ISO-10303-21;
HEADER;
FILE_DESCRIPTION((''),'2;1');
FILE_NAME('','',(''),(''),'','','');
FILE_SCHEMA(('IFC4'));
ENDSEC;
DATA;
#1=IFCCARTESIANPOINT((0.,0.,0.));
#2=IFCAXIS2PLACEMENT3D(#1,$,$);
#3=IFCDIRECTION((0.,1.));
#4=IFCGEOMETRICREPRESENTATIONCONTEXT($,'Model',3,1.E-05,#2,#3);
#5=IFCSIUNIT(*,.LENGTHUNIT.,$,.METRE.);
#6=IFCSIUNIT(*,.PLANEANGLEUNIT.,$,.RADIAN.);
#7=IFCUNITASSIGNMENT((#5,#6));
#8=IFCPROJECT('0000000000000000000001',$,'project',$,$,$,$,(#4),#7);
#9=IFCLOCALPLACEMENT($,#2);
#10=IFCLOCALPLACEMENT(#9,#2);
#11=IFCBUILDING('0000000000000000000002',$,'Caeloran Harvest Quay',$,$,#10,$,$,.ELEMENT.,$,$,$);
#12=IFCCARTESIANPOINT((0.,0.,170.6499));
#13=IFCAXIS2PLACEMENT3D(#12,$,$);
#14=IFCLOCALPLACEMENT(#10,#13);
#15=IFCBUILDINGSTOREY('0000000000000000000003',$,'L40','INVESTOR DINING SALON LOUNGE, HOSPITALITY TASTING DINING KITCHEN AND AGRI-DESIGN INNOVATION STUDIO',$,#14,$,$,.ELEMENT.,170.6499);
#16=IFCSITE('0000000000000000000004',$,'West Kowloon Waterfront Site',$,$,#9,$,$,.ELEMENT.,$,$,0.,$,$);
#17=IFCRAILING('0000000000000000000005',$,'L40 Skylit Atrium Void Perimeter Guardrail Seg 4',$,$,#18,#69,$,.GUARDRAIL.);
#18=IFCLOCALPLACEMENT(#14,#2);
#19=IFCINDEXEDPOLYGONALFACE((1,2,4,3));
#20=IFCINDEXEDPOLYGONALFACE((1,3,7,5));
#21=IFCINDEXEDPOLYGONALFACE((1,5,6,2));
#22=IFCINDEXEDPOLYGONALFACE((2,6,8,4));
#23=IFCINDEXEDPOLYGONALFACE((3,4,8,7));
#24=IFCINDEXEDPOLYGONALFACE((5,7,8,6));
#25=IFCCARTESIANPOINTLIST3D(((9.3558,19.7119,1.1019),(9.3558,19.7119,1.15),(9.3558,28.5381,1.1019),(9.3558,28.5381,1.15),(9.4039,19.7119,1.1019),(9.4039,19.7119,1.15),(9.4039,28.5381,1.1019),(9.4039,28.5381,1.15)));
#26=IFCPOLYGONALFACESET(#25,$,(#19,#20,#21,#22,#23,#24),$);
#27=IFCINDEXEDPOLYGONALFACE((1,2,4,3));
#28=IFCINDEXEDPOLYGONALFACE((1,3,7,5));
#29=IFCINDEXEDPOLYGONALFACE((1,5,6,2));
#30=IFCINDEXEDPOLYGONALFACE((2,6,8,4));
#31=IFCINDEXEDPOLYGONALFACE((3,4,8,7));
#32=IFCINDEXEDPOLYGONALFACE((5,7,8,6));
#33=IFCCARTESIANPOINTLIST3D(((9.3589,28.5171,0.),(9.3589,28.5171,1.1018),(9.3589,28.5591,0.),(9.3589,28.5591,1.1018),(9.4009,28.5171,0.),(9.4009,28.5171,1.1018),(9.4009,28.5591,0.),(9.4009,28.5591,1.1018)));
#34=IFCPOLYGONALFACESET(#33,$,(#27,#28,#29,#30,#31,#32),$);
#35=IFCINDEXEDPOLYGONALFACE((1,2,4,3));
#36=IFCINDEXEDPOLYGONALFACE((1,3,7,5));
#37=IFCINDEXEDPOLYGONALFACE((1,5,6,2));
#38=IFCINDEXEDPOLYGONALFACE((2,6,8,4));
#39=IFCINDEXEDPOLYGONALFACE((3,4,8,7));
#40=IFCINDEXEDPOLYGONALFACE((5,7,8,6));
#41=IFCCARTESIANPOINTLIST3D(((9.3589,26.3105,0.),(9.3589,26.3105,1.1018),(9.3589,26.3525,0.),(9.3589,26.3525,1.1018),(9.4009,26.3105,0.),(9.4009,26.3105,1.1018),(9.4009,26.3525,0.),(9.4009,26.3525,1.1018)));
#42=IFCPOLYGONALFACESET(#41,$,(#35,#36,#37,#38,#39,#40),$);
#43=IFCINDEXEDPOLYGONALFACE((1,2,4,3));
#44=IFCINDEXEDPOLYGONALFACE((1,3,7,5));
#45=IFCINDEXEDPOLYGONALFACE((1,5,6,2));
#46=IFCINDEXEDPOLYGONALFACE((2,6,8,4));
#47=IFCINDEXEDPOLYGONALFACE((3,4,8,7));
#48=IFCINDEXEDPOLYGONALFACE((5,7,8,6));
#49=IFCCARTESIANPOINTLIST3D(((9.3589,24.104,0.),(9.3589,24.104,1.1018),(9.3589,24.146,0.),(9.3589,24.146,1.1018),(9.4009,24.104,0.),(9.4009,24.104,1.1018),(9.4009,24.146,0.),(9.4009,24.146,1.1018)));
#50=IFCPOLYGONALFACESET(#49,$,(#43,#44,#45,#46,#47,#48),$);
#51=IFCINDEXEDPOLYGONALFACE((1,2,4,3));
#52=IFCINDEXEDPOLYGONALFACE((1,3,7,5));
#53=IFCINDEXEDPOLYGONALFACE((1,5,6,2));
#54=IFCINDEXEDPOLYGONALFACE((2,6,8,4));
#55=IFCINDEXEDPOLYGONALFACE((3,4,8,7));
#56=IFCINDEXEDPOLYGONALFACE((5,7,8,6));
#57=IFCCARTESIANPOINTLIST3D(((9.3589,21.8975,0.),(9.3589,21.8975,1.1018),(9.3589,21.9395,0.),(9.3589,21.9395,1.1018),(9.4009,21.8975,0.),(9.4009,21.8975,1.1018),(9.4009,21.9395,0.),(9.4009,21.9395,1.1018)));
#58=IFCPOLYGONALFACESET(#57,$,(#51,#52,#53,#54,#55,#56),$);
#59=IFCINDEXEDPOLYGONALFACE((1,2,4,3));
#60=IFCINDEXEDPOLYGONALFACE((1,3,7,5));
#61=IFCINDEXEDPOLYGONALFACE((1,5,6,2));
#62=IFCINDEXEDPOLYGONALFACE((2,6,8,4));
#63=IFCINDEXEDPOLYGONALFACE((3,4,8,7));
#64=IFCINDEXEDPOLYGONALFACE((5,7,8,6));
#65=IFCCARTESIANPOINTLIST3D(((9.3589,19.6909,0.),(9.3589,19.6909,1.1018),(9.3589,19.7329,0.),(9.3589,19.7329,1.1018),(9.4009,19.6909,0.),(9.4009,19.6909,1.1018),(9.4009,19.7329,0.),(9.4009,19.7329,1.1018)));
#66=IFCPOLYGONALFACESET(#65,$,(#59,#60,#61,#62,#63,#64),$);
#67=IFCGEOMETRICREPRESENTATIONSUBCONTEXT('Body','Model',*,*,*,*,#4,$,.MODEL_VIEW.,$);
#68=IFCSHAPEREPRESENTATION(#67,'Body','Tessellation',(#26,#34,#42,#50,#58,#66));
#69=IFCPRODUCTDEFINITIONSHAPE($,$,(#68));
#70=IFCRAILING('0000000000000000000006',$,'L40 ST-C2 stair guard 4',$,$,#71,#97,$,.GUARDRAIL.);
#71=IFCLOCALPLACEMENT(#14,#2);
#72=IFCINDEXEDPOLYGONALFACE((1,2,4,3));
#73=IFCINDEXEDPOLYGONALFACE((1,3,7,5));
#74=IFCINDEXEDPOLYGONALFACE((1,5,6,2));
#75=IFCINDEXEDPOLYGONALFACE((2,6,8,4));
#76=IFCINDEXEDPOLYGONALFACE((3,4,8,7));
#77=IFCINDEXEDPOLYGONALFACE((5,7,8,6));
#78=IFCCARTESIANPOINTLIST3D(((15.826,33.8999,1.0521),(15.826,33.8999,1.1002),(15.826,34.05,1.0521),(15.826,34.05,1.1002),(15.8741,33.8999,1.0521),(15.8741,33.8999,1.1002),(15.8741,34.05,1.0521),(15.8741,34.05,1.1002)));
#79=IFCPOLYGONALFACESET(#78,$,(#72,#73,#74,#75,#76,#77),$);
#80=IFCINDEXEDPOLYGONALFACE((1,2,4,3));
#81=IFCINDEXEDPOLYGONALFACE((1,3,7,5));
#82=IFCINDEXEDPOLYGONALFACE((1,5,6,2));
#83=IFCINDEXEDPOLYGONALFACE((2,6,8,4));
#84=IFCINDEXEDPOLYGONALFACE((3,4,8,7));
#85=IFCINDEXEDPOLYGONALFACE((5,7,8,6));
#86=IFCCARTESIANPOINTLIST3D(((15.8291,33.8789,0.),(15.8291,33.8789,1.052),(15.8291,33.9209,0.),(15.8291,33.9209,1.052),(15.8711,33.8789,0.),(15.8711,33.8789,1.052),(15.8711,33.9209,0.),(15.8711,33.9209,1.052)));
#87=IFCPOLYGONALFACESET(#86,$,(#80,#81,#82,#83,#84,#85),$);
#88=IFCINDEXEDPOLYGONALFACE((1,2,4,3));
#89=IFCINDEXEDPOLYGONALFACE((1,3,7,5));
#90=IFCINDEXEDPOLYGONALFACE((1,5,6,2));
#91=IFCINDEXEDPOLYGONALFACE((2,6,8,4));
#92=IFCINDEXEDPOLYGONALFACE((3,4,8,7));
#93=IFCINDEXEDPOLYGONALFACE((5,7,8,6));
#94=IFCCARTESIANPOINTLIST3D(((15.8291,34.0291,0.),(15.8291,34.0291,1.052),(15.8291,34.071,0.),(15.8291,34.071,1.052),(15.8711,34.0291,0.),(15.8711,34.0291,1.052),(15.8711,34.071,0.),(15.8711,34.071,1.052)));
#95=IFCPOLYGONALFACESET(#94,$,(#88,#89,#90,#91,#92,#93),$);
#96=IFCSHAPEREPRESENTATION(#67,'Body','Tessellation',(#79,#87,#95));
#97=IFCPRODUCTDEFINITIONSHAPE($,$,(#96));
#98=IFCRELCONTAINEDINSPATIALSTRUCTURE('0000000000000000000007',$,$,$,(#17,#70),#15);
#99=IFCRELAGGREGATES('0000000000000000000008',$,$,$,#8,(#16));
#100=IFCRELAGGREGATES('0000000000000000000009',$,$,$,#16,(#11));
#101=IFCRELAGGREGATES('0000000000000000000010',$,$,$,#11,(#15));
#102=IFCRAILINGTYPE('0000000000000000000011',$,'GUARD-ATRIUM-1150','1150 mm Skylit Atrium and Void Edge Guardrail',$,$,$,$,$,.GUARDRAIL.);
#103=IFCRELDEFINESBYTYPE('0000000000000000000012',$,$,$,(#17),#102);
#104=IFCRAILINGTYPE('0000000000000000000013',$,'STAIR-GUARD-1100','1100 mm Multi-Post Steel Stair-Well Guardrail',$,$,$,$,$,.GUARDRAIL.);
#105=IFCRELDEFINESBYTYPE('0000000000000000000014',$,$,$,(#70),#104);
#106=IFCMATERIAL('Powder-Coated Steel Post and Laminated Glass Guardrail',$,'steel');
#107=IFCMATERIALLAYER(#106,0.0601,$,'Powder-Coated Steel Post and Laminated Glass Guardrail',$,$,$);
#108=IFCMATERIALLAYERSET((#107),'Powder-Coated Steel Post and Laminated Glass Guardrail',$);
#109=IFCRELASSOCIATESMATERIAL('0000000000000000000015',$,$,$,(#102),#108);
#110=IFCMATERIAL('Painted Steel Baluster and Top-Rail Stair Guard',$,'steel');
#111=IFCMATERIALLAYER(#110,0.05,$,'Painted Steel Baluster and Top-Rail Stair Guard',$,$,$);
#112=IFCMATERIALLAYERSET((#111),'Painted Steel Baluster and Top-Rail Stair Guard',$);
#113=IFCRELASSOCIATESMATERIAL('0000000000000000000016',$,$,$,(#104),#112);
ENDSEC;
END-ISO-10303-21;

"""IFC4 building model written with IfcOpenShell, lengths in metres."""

from ifc_helpers import new_model, si_unit, direction, frame, origin, origin_2d, place, context, subcontext, project, spatial, rectangle, extrude, material, layer, layer_set, type_object, element, save


model = new_model("IFC4")

# Units and contexts
model_context = context("Model", 3, precision=1e-05, world=origin(), true_north=direction((0.0, 1.0)))
body_context = subcontext(model_context, "Body", "Model", "MODEL_VIEW")
ifc_project = project(units=[si_unit("LENGTHUNIT", "METRE"), si_unit("PLANEANGLEUNIT", "RADIAN")], contexts=[model_context])

# Site, building, storey
site_placement = place(None, origin())
site = spatial("IfcSite", under=ifc_project, at=site_placement, Name="West Kowloon Waterfront Site", CompositionType="ELEMENT", RefElevation=0.0)
building_placement = place(site_placement, origin())
building = spatial("IfcBuilding", under=site, at=building_placement, Name="Caeloran Harvest Quay", CompositionType="ELEMENT")
storey_placement = place(building_placement, frame((0.0, 0.0, 170.6499)))
storey = spatial("IfcBuildingStorey", under=building, at=storey_placement, Name="L40", Description="INVESTOR DINING SALON LOUNGE, HOSPITALITY TASTING DINING KITCHEN AND AGRI-DESIGN INNOVATION STUDIO", CompositionType="ELEMENT", Elevation=170.6499)

# Railings
ifc_material_1 = material(Name="Powder-Coated Steel Post and Laminated Glass Guardrail", Category="steel")
ifc_layer_1 = layer(ifc_material_1, 0.0601, Name="Powder-Coated Steel Post and Laminated Glass Guardrail")
ifc_layer_set_1 = layer_set([ifc_layer_1], Name="Powder-Coated Steel Post and Laminated Glass Guardrail")
railing_type_1 = type_object("IfcRailingType", Name="GUARD-ATRIUM-1150", Description="1150 mm Skylit Atrium and Void Edge Guardrail", PredefinedType="GUARDRAIL", material=ifc_layer_set_1)
railing_1_placement = place(storey_placement, frame((9.3799, 28.5381, 0.0)))
element("IfcRailing", 1, at=railing_1_placement, inside=storey, type_object=railing_type_1, Name="L40 Skylit Atrium Void Perimeter Guardrail Seg 4", PredefinedType="GUARDRAIL", context=body_context, shape_type="SweptSolid", body=[
    extrude(rectangle(XDim=0.0481, YDim=0.0481, at=origin_2d()), frame((0.0, 0.0, 1.126), z_axis=(0.0, -1.0, 0.0), x_axis=(1.0, 0.0, 0.0)), (0.0, 0.0, 1.0), 8.8262),
    extrude(rectangle(XDim=0.042, YDim=0.042, at=origin_2d()), origin(), (0.0, 0.0, 1.0), 1.1018),
    extrude(rectangle(XDim=0.042, YDim=0.042, at=origin_2d()), frame((0.0, -2.2065, 0.0)), (0.0, 0.0, 1.0), 1.1018),
    extrude(rectangle(XDim=0.042, YDim=0.042, at=origin_2d()), frame((0.0, -4.4131, 0.0)), (0.0, 0.0, 1.0), 1.1018),
    extrude(rectangle(XDim=0.042, YDim=0.042, at=origin_2d()), frame((0.0, -6.6196, 0.0)), (0.0, 0.0, 1.0), 1.1018),
    extrude(rectangle(XDim=0.042, YDim=0.042, at=origin_2d()), frame((0.0, -8.8262, 0.0)), (0.0, 0.0, 1.0), 1.1018),
])
ifc_material_2 = material(Name="Painted Steel Baluster and Top-Rail Stair Guard", Category="steel")
ifc_layer_2 = layer(ifc_material_2, 0.05, Name="Painted Steel Baluster and Top-Rail Stair Guard")
ifc_layer_set_2 = layer_set([ifc_layer_2], Name="Painted Steel Baluster and Top-Rail Stair Guard")
railing_type_2 = type_object("IfcRailingType", Name="STAIR-GUARD-1100", Description="1100 mm Multi-Post Steel Stair-Well Guardrail", PredefinedType="GUARDRAIL", material=ifc_layer_set_2)
railing_2_placement = place(storey_placement, frame((15.8501, 33.8999, 0.0)))
element("IfcRailing", 2, at=railing_2_placement, inside=storey, type_object=railing_type_2, Name="L40 ST-C2 stair guard 4", PredefinedType="GUARDRAIL", context=body_context, shape_type="SweptSolid", body=[
    extrude(rectangle(XDim=0.0481, YDim=0.0481, at=origin_2d()), frame((0.0, 0.0, 1.0762), z_axis=(0.0, 1.0, 0.0), x_axis=(-1.0, 0.0, 0.0)), (0.0, 0.0, 1.0), 0.1501),
    extrude(rectangle(XDim=0.042, YDim=0.042, at=origin_2d()), origin(), (0.0, 0.0, 1.0), 1.052),
    extrude(rectangle(XDim=0.042, YDim=0.042, at=origin_2d()), frame((0.0, 0.1501, 0.0)), (0.0, 0.0, 1.0), 1.052),
])

save(model, "model.ifc")
